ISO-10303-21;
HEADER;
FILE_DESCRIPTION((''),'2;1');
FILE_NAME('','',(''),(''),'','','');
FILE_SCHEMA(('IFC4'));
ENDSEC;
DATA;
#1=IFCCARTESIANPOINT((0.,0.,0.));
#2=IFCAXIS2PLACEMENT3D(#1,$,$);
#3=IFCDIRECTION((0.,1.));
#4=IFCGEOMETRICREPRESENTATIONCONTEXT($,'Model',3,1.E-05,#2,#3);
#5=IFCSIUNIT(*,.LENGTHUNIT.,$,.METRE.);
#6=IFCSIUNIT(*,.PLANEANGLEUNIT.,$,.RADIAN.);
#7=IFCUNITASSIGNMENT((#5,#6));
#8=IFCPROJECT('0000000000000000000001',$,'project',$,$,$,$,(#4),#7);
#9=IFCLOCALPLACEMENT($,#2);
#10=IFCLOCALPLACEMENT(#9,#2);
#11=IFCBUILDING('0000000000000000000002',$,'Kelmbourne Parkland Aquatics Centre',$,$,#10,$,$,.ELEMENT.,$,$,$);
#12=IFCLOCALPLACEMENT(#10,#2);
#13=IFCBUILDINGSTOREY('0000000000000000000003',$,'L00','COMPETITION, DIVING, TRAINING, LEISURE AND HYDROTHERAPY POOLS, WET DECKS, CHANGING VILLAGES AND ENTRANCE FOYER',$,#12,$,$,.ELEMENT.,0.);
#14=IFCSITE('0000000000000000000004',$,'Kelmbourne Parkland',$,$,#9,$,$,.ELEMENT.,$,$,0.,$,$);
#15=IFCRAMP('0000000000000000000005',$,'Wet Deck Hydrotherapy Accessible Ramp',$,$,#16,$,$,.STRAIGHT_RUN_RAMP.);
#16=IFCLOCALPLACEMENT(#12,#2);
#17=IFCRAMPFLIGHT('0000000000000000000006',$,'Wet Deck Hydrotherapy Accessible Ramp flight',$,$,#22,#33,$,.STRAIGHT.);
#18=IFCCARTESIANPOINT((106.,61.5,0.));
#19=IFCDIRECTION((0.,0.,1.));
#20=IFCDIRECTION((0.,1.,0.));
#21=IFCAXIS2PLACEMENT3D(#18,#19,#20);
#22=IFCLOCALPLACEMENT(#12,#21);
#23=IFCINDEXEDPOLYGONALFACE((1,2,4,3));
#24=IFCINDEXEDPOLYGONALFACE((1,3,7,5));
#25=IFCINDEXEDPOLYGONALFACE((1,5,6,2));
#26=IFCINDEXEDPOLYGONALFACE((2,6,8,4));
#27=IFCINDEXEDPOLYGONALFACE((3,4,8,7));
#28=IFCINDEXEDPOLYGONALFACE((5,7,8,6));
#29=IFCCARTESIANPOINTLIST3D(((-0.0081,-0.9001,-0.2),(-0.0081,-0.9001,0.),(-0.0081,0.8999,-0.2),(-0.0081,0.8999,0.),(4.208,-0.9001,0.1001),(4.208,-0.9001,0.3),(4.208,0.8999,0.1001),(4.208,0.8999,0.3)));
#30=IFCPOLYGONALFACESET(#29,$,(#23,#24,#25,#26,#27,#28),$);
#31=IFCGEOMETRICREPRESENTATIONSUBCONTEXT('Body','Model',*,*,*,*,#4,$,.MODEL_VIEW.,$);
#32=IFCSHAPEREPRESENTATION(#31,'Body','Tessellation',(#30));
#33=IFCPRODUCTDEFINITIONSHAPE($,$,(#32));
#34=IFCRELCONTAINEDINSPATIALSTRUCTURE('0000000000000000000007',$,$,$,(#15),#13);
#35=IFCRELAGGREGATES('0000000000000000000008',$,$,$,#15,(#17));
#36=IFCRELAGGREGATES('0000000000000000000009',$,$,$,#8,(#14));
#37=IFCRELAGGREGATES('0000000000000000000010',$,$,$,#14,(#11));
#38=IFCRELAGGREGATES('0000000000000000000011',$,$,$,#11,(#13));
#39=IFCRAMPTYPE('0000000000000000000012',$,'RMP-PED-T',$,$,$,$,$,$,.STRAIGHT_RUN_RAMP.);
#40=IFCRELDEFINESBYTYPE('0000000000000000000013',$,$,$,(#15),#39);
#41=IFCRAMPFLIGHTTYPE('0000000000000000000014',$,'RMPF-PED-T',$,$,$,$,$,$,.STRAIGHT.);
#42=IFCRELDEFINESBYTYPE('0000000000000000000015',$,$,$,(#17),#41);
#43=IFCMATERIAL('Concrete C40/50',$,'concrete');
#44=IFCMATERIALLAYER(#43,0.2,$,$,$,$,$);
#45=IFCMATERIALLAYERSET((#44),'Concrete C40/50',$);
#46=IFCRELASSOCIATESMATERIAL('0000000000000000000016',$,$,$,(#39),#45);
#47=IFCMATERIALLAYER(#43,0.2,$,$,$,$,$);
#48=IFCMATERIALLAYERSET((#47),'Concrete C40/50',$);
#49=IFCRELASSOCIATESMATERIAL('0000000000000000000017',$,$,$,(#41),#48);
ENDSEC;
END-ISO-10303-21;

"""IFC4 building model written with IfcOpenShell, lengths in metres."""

from ifc_helpers import new_model, si_unit, direction, frame, origin, place, context, subcontext, project, spatial, polyline, outline, extrude, material, layer, layer_set, type_object, element, aggregate, save


model = new_model("IFC4")

# Units and contexts
model_context = context("Model", 3, precision=1e-05, world=origin(), true_north=direction((0.0, 1.0)))
body_context = subcontext(model_context, "Body", "Model", "MODEL_VIEW")
ifc_project = project(units=[si_unit("LENGTHUNIT", "METRE"), si_unit("PLANEANGLEUNIT", "RADIAN")], contexts=[model_context])

# Site, building, storey
site_placement = place(None, origin())
site = spatial("IfcSite", under=ifc_project, at=site_placement, Name="Kelmbourne Parkland", CompositionType="ELEMENT", RefElevation=0.0)
building_placement = place(site_placement, origin())
building = spatial("IfcBuilding", under=site, at=building_placement, Name="Kelmbourne Parkland Aquatics Centre", CompositionType="ELEMENT")
storey_placement = place(building_placement, origin())
storey = spatial("IfcBuildingStorey", under=building, at=storey_placement, Name="L00", Description="COMPETITION, DIVING, TRAINING, LEISURE AND HYDROTHERAPY POOLS, WET DECKS, CHANGING VILLAGES AND ENTRANCE FOYER", CompositionType="ELEMENT", Elevation=0.0)

# Shared definitions
ifc_material_1 = material(Name="Concrete C40/50", Category="concrete")

# Ramp, ramp flight
ifc_layer_1 = layer(ifc_material_1, 0.2)
ifc_layer_set_1 = layer_set([ifc_layer_1], Name="Concrete C40/50")
ramp_type = type_object("IfcRampType", Name="RMP-PED-T", PredefinedType="STRAIGHT_RUN_RAMP", material=ifc_layer_set_1)
ramp_placement = place(storey_placement, origin())
ramp = element("IfcRamp", 1, at=ramp_placement, inside=storey, type_object=ramp_type, Name="Wet Deck Hydrotherapy Accessible Ramp", PredefinedType="STRAIGHT_RUN_RAMP")
ifc_layer_2 = layer(ifc_material_1, 0.2)
ifc_layer_set_2 = layer_set([ifc_layer_2], Name="Concrete C40/50")
ramp_flight_type = type_object("IfcRampFlightType", Name="RMPF-PED-T", PredefinedType="STRAIGHT", material=ifc_layer_set_2)
ramp_flight_placement = place(storey_placement, frame((106.0, 61.5, 0.0), z_axis=(0.0, 0.0, 1.0), x_axis=(0.0, 1.0, 0.0)))
ramp_flight = element("IfcRampFlight", 2, at=ramp_flight_placement, type_object=ramp_flight_type, Name="Wet Deck Hydrotherapy Accessible Ramp flight", PredefinedType="STRAIGHT", context=body_context, shape_type="SweptSolid", body=[
    extrude(outline(polyline([(-0.0081, -0.2), (4.208, 0.1001), (4.208, 0.3), (-0.0081, 0.0), (-0.0081, -0.2)])), frame((0.0, 0.8999, 0.0), z_axis=(0.0, -1.0, 0.0), x_axis=(1.0, 0.0, 0.0)), (0.0, 0.0, 1.0), 1.8),
])
aggregate(ramp, [ramp_flight])

save(model, "model.ifc")
